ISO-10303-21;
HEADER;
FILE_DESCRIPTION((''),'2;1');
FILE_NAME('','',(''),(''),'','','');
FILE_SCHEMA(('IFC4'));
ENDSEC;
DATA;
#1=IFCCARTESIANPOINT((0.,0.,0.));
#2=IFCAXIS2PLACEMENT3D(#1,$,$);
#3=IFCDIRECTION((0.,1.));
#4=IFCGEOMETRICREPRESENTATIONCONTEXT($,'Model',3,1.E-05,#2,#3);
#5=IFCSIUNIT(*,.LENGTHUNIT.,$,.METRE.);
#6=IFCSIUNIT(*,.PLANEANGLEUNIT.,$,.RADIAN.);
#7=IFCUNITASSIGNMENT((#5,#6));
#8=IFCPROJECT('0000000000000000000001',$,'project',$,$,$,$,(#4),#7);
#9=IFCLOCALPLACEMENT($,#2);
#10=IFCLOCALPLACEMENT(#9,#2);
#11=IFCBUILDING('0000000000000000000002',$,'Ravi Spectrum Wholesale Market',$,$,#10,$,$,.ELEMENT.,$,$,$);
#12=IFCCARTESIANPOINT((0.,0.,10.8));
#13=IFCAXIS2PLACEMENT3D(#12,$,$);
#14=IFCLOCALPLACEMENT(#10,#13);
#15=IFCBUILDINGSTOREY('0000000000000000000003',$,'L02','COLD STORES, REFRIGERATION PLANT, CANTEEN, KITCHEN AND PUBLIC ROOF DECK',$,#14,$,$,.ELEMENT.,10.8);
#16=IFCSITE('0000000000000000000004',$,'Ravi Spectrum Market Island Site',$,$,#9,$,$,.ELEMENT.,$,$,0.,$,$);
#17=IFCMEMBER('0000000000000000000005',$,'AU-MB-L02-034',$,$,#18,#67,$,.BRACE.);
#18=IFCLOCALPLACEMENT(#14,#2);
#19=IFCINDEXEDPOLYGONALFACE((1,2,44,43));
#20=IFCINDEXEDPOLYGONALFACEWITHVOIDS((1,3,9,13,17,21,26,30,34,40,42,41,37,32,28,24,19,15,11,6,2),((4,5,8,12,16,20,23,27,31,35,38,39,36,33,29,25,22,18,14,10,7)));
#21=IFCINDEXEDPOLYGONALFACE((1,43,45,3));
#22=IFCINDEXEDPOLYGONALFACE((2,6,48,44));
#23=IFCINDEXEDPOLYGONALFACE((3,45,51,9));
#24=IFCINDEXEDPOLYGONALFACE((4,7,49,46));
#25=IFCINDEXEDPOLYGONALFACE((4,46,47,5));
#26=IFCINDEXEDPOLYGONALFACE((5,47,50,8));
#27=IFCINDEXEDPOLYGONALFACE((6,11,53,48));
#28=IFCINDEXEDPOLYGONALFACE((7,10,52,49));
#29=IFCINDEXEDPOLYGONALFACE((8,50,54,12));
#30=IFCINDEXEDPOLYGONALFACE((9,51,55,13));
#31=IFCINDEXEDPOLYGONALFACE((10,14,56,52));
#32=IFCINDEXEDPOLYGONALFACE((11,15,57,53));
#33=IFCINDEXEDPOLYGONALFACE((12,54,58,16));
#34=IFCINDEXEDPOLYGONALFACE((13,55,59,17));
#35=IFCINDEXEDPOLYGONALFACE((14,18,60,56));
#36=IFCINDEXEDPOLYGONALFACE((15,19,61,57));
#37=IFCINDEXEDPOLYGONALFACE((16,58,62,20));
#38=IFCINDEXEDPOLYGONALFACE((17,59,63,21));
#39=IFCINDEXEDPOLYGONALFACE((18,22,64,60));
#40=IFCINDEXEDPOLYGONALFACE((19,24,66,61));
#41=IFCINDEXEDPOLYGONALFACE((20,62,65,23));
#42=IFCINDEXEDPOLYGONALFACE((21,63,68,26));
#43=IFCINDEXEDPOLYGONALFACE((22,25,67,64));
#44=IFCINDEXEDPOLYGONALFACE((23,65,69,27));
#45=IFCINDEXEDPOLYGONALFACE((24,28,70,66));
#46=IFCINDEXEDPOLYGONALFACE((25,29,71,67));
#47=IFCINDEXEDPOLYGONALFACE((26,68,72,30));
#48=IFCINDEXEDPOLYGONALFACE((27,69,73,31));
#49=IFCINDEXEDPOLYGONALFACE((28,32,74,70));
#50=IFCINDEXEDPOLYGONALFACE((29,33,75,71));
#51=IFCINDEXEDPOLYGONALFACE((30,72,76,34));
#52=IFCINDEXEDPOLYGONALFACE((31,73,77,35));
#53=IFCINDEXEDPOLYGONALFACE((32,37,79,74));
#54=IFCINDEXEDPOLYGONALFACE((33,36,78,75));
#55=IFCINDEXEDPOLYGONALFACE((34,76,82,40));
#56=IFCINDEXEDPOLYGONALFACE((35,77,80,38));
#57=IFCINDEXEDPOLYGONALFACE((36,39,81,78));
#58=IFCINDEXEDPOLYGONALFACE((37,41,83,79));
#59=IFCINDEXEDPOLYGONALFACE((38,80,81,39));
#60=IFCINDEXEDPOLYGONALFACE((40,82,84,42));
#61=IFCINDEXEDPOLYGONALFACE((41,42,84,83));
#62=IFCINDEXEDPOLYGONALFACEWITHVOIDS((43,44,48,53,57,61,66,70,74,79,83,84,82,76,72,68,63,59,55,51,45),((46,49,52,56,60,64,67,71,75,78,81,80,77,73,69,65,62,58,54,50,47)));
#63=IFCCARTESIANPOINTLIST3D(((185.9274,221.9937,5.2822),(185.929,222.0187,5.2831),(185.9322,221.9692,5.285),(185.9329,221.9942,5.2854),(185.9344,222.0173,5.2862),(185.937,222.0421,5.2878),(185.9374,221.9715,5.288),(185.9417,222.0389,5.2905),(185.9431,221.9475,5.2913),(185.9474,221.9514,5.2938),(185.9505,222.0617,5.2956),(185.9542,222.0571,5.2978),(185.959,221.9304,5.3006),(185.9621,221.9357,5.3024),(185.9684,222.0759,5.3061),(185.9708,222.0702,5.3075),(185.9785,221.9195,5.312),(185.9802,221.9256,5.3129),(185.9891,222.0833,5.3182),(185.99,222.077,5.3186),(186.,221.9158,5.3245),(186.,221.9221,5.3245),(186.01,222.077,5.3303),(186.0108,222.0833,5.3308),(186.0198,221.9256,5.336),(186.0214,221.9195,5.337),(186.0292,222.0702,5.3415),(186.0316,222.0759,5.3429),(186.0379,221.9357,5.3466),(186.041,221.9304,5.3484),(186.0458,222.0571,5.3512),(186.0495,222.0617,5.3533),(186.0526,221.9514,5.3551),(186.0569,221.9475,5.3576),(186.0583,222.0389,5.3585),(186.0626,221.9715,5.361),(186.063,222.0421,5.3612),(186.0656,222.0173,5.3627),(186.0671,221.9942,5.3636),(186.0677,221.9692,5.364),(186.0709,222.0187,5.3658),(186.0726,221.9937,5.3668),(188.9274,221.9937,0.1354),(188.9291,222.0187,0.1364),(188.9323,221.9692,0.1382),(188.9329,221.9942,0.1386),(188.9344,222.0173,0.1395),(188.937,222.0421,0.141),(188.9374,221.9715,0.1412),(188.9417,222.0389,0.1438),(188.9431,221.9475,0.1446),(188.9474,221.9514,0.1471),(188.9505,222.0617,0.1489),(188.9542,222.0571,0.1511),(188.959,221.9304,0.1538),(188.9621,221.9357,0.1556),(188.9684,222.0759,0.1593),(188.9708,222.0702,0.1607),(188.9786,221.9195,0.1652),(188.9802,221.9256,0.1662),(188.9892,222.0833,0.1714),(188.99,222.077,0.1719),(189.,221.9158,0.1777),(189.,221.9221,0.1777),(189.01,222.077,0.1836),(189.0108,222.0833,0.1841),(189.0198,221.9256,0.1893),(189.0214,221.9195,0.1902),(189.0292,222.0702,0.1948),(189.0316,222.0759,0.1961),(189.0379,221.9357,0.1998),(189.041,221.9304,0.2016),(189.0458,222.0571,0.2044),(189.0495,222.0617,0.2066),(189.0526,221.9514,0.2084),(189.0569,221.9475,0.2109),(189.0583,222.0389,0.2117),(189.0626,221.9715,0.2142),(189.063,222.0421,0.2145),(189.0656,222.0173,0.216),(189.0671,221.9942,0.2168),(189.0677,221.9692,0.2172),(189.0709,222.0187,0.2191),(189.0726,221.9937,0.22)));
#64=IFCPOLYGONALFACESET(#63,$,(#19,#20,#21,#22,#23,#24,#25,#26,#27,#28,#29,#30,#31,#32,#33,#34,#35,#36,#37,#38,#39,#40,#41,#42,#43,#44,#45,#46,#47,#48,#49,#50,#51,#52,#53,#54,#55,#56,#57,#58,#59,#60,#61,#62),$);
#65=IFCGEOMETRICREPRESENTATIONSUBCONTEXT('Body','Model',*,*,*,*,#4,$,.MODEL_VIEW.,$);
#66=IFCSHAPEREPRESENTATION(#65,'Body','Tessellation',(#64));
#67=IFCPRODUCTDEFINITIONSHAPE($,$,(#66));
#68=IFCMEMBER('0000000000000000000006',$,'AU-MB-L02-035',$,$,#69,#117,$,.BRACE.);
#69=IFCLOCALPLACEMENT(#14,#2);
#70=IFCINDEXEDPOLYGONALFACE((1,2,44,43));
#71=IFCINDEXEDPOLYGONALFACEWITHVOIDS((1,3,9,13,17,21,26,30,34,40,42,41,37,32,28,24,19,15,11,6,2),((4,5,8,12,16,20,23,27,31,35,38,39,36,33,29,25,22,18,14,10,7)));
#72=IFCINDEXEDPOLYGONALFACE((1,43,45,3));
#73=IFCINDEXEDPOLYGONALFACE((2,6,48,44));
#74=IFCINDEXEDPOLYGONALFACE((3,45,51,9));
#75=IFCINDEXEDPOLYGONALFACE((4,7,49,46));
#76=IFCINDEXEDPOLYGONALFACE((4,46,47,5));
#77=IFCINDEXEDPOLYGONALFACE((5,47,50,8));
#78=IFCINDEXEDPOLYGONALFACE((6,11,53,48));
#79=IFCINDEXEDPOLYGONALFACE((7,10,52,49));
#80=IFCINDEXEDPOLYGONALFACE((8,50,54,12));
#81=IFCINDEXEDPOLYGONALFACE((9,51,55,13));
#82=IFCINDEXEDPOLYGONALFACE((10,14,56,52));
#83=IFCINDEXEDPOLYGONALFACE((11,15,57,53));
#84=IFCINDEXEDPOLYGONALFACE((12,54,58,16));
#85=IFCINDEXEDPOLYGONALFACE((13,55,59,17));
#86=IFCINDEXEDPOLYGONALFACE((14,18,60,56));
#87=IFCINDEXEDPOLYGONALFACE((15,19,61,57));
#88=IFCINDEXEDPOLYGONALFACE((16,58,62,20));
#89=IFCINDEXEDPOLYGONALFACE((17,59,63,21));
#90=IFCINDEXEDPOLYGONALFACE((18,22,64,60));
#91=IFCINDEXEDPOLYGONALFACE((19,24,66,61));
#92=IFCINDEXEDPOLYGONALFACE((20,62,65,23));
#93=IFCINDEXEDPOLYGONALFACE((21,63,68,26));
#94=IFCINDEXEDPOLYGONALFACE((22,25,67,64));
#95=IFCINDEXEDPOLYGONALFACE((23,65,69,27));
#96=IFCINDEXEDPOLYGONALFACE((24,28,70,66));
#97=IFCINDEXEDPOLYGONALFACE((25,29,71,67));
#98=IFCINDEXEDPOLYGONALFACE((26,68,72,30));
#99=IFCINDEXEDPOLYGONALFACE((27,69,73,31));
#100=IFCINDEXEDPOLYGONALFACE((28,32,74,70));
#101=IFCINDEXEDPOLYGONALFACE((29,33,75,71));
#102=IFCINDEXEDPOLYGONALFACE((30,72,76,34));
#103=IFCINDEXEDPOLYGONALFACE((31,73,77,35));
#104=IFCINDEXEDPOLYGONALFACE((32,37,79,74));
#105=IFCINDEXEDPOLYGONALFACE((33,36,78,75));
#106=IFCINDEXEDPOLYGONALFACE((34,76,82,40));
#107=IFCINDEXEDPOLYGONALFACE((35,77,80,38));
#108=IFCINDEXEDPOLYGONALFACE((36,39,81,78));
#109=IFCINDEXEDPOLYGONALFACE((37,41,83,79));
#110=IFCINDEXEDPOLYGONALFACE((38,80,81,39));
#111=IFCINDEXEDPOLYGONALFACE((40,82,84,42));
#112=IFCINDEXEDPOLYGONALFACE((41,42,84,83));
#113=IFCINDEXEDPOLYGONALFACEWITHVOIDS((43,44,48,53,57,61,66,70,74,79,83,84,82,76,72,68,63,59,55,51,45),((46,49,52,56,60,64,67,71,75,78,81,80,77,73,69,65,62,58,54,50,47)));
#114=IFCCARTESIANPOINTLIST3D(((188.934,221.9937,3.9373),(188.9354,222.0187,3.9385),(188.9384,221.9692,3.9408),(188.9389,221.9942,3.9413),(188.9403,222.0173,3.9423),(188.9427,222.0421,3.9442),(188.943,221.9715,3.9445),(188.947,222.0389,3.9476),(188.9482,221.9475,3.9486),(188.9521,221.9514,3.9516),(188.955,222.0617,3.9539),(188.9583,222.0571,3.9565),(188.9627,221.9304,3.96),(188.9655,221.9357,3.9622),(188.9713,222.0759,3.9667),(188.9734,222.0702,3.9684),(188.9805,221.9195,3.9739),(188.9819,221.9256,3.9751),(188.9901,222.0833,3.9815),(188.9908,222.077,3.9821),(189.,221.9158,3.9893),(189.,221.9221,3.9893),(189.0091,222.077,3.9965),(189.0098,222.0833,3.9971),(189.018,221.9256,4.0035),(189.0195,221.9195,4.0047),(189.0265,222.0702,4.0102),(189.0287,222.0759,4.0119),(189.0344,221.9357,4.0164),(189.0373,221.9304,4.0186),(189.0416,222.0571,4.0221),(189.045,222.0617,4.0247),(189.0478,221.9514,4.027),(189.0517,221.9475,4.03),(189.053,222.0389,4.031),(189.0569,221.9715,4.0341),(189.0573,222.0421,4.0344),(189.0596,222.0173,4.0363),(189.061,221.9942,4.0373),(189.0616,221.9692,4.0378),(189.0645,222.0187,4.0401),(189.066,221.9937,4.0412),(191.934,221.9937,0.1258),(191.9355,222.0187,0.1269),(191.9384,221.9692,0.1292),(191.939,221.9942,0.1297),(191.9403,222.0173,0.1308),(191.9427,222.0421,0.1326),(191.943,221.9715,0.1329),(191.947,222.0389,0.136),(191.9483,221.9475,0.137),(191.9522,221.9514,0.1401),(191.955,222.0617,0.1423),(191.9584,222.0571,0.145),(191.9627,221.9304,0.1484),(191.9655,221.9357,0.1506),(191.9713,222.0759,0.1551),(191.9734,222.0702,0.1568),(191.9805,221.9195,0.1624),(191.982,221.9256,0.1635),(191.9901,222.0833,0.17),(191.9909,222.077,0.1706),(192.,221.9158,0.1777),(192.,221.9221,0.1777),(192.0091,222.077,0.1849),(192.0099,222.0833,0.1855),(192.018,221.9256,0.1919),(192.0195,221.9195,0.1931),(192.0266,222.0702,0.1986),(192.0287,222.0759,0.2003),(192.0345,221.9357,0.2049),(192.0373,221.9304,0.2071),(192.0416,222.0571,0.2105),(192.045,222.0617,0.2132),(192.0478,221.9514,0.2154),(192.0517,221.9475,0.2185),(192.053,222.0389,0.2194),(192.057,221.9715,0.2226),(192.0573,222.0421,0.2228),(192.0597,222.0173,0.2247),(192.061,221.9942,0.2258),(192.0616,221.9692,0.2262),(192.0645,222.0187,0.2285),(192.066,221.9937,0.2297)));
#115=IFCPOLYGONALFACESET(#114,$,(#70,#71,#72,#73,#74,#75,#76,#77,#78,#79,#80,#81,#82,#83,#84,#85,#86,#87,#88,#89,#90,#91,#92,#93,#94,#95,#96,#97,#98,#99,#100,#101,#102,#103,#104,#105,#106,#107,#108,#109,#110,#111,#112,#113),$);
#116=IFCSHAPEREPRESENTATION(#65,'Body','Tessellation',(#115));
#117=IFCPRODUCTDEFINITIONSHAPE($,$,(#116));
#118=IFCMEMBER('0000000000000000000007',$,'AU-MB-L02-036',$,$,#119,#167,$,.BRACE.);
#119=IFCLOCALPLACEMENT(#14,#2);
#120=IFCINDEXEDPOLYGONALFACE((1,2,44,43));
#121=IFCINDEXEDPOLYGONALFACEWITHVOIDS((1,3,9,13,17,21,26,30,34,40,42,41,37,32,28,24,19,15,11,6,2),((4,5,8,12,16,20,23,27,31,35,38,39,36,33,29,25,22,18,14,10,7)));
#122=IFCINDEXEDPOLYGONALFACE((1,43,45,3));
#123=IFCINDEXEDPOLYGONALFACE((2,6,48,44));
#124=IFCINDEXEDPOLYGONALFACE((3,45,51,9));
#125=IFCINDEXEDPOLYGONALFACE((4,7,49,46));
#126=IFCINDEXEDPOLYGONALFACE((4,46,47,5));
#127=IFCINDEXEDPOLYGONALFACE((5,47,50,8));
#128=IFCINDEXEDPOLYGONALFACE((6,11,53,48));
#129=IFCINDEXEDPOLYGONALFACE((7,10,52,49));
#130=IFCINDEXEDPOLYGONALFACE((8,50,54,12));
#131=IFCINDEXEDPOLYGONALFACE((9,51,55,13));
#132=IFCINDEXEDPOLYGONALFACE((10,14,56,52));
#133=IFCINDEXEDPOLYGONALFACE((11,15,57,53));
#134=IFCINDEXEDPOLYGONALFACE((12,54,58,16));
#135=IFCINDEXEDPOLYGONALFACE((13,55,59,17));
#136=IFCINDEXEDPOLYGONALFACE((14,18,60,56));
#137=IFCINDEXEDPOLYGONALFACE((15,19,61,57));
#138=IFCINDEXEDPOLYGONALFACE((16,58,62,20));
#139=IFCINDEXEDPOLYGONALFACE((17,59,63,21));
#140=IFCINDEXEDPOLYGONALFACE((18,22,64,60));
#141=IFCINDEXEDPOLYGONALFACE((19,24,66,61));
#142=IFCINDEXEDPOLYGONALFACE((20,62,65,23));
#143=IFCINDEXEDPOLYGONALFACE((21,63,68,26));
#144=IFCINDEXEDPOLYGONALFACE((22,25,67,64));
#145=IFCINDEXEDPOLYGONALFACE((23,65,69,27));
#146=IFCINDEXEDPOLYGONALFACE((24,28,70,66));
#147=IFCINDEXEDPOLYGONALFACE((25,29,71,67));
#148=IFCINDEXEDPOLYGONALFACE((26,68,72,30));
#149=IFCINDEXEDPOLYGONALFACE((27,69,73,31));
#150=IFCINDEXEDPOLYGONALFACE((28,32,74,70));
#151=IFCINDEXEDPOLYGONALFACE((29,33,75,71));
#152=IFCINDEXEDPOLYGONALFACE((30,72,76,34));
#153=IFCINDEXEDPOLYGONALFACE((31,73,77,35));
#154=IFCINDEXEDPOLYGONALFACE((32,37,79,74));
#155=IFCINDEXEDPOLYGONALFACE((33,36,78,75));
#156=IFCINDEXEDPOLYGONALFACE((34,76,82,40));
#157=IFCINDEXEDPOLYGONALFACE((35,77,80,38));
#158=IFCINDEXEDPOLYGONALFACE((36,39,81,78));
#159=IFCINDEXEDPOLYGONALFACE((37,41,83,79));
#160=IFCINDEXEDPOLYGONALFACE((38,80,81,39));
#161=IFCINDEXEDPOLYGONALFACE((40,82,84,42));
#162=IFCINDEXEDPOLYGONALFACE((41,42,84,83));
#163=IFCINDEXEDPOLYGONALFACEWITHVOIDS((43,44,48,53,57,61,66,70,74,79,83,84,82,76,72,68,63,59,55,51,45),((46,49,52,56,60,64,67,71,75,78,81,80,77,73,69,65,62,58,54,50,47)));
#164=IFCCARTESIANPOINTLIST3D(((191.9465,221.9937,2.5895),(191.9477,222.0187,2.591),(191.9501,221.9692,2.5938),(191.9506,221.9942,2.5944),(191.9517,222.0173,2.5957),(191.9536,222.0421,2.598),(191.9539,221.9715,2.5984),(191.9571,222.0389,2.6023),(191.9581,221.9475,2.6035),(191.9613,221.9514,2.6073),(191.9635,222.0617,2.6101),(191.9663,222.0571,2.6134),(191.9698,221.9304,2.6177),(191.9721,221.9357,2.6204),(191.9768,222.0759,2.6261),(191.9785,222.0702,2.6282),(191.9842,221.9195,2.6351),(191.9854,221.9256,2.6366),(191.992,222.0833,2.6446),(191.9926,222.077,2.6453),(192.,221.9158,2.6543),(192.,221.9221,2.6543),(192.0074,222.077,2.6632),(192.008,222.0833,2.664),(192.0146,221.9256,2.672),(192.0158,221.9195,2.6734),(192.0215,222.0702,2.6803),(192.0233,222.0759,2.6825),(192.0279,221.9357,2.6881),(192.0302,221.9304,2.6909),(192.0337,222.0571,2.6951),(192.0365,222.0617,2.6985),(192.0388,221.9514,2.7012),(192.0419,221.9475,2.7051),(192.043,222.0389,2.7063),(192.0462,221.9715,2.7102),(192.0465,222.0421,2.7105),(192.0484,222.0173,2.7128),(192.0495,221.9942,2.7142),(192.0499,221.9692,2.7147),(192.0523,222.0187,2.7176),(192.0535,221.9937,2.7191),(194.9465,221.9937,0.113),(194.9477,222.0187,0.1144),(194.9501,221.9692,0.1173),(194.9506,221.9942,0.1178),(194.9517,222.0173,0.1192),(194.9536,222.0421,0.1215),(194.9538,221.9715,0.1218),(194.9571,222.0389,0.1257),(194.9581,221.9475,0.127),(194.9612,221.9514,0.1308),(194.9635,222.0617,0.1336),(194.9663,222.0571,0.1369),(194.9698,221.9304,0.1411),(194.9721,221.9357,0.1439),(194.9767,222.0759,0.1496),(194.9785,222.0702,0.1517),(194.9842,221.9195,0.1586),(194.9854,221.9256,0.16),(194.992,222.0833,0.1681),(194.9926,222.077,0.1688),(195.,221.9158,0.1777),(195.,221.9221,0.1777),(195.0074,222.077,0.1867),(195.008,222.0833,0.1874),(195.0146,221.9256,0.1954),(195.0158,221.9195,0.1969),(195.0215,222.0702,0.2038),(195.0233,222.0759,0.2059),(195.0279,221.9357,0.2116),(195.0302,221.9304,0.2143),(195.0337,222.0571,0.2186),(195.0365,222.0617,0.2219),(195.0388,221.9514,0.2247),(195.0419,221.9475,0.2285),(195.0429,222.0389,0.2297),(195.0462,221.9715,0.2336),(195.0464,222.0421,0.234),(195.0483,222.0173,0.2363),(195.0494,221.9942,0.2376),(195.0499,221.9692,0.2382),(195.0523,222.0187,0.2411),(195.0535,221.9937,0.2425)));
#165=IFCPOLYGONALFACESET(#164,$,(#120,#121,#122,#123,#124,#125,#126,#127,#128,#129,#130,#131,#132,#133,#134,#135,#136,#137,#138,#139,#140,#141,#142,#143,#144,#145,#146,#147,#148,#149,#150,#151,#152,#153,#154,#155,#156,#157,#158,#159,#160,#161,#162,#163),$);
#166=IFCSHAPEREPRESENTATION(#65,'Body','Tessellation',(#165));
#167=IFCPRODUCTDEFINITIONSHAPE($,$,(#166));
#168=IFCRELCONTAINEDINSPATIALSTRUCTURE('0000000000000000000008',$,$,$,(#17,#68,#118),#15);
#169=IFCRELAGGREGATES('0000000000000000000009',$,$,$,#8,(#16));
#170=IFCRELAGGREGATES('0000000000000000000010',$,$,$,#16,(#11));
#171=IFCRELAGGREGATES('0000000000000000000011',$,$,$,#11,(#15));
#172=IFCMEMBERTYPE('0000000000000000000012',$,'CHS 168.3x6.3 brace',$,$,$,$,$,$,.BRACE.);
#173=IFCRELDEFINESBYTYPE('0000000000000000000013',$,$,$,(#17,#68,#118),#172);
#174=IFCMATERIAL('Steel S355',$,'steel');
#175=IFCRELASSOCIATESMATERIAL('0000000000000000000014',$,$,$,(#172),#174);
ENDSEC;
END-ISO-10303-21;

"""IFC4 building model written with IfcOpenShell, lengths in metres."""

from ifc_helpers import new_model, si_unit, direction, frame, origin, origin_2d, place, context, subcontext, project, spatial, hollow_circle, extrude, material, material_profile, profile_set, type_object, element, save


model = new_model("IFC4")

# Units and contexts
model_context = context("Model", 3, precision=1e-05, world=origin(), true_north=direction((0.0, 1.0)))
body_context = subcontext(model_context, "Body", "Model", "MODEL_VIEW")
ifc_project = project(units=[si_unit("LENGTHUNIT", "METRE"), si_unit("PLANEANGLEUNIT", "RADIAN")], contexts=[model_context])

# Site, building, storey
site_placement = place(None, origin())
site = spatial("IfcSite", under=ifc_project, at=site_placement, Name="Ravi Spectrum Market Island Site", CompositionType="ELEMENT", RefElevation=0.0)
building_placement = place(site_placement, origin())
building = spatial("IfcBuilding", under=site, at=building_placement, Name="Ravi Spectrum Wholesale Market", CompositionType="ELEMENT")
storey_placement = place(building_placement, frame((0.0, 0.0, 10.8)))
storey = spatial("IfcBuildingStorey", under=building, at=storey_placement, Name="L02", Description="COLD STORES, REFRIGERATION PLANT, CANTEEN, KITCHEN AND PUBLIC ROOF DECK", CompositionType="ELEMENT", Elevation=10.8)

# Members
ifc_material_1 = material(Name="Steel S355", Category="steel")
ifc_material_profile_1 = material_profile(ifc_material_1, hollow_circle(Radius=0.0842, WallThickness=0.0063, at=origin_2d()))
ifc_profile_set_1 = profile_set([ifc_material_profile_1], Name="Steel S355")
member_type_1 = type_object("IfcMemberType", Name="CHS 168.3x6.3 brace", PredefinedType="BRACE", material=ifc_profile_set_1)
member_1_placement = place(storey_placement, frame((189.0, 222.0, 0.1777), z_axis=(-0.503588, 0.0, 0.863944), x_axis=(0.0, -1.0, 0.0)))
element("IfcMember", 1, at=member_1_placement, inside=storey, type_object=member_type_1, Name="AU-MB-L02-034", PredefinedType="BRACE", context=body_context, shape_type="SweptSolid", body=[
    extrude(hollow_circle(Radius=0.0842, WallThickness=0.0063, at=origin_2d()), origin(), (0.0, 0.0, 1.0), 5.9573),
])
member_2_placement = place(storey_placement, frame((192.0, 222.0, 0.1777), z_axis=(-0.618488, 0.0, 0.785794), x_axis=(0.0, -1.0, 0.0)))
element("IfcMember", 2, at=member_2_placement, inside=storey, type_object=member_type_1, Name="AU-MB-L02-035", PredefinedType="BRACE", context=body_context, shape_type="SweptSolid", body=[
    extrude(hollow_circle(Radius=0.0842, WallThickness=0.0063, at=origin_2d()), origin(), (0.0, 0.0, 1.0), 4.8506),
])
member_3_placement = place(storey_placement, frame((195.0, 222.0, 0.1777), z_axis=(-0.771176, 0.0, 0.636622), x_axis=(0.0, -1.0, 0.0)))
element("IfcMember", 3, at=member_3_placement, inside=storey, type_object=member_type_1, Name="AU-MB-L02-036", PredefinedType="BRACE", context=body_context, shape_type="SweptSolid", body=[
    extrude(hollow_circle(Radius=0.0842, WallThickness=0.0063, at=origin_2d()), origin(), (0.0, 0.0, 1.0), 3.8901),
])

save(model, "model.ifc")
